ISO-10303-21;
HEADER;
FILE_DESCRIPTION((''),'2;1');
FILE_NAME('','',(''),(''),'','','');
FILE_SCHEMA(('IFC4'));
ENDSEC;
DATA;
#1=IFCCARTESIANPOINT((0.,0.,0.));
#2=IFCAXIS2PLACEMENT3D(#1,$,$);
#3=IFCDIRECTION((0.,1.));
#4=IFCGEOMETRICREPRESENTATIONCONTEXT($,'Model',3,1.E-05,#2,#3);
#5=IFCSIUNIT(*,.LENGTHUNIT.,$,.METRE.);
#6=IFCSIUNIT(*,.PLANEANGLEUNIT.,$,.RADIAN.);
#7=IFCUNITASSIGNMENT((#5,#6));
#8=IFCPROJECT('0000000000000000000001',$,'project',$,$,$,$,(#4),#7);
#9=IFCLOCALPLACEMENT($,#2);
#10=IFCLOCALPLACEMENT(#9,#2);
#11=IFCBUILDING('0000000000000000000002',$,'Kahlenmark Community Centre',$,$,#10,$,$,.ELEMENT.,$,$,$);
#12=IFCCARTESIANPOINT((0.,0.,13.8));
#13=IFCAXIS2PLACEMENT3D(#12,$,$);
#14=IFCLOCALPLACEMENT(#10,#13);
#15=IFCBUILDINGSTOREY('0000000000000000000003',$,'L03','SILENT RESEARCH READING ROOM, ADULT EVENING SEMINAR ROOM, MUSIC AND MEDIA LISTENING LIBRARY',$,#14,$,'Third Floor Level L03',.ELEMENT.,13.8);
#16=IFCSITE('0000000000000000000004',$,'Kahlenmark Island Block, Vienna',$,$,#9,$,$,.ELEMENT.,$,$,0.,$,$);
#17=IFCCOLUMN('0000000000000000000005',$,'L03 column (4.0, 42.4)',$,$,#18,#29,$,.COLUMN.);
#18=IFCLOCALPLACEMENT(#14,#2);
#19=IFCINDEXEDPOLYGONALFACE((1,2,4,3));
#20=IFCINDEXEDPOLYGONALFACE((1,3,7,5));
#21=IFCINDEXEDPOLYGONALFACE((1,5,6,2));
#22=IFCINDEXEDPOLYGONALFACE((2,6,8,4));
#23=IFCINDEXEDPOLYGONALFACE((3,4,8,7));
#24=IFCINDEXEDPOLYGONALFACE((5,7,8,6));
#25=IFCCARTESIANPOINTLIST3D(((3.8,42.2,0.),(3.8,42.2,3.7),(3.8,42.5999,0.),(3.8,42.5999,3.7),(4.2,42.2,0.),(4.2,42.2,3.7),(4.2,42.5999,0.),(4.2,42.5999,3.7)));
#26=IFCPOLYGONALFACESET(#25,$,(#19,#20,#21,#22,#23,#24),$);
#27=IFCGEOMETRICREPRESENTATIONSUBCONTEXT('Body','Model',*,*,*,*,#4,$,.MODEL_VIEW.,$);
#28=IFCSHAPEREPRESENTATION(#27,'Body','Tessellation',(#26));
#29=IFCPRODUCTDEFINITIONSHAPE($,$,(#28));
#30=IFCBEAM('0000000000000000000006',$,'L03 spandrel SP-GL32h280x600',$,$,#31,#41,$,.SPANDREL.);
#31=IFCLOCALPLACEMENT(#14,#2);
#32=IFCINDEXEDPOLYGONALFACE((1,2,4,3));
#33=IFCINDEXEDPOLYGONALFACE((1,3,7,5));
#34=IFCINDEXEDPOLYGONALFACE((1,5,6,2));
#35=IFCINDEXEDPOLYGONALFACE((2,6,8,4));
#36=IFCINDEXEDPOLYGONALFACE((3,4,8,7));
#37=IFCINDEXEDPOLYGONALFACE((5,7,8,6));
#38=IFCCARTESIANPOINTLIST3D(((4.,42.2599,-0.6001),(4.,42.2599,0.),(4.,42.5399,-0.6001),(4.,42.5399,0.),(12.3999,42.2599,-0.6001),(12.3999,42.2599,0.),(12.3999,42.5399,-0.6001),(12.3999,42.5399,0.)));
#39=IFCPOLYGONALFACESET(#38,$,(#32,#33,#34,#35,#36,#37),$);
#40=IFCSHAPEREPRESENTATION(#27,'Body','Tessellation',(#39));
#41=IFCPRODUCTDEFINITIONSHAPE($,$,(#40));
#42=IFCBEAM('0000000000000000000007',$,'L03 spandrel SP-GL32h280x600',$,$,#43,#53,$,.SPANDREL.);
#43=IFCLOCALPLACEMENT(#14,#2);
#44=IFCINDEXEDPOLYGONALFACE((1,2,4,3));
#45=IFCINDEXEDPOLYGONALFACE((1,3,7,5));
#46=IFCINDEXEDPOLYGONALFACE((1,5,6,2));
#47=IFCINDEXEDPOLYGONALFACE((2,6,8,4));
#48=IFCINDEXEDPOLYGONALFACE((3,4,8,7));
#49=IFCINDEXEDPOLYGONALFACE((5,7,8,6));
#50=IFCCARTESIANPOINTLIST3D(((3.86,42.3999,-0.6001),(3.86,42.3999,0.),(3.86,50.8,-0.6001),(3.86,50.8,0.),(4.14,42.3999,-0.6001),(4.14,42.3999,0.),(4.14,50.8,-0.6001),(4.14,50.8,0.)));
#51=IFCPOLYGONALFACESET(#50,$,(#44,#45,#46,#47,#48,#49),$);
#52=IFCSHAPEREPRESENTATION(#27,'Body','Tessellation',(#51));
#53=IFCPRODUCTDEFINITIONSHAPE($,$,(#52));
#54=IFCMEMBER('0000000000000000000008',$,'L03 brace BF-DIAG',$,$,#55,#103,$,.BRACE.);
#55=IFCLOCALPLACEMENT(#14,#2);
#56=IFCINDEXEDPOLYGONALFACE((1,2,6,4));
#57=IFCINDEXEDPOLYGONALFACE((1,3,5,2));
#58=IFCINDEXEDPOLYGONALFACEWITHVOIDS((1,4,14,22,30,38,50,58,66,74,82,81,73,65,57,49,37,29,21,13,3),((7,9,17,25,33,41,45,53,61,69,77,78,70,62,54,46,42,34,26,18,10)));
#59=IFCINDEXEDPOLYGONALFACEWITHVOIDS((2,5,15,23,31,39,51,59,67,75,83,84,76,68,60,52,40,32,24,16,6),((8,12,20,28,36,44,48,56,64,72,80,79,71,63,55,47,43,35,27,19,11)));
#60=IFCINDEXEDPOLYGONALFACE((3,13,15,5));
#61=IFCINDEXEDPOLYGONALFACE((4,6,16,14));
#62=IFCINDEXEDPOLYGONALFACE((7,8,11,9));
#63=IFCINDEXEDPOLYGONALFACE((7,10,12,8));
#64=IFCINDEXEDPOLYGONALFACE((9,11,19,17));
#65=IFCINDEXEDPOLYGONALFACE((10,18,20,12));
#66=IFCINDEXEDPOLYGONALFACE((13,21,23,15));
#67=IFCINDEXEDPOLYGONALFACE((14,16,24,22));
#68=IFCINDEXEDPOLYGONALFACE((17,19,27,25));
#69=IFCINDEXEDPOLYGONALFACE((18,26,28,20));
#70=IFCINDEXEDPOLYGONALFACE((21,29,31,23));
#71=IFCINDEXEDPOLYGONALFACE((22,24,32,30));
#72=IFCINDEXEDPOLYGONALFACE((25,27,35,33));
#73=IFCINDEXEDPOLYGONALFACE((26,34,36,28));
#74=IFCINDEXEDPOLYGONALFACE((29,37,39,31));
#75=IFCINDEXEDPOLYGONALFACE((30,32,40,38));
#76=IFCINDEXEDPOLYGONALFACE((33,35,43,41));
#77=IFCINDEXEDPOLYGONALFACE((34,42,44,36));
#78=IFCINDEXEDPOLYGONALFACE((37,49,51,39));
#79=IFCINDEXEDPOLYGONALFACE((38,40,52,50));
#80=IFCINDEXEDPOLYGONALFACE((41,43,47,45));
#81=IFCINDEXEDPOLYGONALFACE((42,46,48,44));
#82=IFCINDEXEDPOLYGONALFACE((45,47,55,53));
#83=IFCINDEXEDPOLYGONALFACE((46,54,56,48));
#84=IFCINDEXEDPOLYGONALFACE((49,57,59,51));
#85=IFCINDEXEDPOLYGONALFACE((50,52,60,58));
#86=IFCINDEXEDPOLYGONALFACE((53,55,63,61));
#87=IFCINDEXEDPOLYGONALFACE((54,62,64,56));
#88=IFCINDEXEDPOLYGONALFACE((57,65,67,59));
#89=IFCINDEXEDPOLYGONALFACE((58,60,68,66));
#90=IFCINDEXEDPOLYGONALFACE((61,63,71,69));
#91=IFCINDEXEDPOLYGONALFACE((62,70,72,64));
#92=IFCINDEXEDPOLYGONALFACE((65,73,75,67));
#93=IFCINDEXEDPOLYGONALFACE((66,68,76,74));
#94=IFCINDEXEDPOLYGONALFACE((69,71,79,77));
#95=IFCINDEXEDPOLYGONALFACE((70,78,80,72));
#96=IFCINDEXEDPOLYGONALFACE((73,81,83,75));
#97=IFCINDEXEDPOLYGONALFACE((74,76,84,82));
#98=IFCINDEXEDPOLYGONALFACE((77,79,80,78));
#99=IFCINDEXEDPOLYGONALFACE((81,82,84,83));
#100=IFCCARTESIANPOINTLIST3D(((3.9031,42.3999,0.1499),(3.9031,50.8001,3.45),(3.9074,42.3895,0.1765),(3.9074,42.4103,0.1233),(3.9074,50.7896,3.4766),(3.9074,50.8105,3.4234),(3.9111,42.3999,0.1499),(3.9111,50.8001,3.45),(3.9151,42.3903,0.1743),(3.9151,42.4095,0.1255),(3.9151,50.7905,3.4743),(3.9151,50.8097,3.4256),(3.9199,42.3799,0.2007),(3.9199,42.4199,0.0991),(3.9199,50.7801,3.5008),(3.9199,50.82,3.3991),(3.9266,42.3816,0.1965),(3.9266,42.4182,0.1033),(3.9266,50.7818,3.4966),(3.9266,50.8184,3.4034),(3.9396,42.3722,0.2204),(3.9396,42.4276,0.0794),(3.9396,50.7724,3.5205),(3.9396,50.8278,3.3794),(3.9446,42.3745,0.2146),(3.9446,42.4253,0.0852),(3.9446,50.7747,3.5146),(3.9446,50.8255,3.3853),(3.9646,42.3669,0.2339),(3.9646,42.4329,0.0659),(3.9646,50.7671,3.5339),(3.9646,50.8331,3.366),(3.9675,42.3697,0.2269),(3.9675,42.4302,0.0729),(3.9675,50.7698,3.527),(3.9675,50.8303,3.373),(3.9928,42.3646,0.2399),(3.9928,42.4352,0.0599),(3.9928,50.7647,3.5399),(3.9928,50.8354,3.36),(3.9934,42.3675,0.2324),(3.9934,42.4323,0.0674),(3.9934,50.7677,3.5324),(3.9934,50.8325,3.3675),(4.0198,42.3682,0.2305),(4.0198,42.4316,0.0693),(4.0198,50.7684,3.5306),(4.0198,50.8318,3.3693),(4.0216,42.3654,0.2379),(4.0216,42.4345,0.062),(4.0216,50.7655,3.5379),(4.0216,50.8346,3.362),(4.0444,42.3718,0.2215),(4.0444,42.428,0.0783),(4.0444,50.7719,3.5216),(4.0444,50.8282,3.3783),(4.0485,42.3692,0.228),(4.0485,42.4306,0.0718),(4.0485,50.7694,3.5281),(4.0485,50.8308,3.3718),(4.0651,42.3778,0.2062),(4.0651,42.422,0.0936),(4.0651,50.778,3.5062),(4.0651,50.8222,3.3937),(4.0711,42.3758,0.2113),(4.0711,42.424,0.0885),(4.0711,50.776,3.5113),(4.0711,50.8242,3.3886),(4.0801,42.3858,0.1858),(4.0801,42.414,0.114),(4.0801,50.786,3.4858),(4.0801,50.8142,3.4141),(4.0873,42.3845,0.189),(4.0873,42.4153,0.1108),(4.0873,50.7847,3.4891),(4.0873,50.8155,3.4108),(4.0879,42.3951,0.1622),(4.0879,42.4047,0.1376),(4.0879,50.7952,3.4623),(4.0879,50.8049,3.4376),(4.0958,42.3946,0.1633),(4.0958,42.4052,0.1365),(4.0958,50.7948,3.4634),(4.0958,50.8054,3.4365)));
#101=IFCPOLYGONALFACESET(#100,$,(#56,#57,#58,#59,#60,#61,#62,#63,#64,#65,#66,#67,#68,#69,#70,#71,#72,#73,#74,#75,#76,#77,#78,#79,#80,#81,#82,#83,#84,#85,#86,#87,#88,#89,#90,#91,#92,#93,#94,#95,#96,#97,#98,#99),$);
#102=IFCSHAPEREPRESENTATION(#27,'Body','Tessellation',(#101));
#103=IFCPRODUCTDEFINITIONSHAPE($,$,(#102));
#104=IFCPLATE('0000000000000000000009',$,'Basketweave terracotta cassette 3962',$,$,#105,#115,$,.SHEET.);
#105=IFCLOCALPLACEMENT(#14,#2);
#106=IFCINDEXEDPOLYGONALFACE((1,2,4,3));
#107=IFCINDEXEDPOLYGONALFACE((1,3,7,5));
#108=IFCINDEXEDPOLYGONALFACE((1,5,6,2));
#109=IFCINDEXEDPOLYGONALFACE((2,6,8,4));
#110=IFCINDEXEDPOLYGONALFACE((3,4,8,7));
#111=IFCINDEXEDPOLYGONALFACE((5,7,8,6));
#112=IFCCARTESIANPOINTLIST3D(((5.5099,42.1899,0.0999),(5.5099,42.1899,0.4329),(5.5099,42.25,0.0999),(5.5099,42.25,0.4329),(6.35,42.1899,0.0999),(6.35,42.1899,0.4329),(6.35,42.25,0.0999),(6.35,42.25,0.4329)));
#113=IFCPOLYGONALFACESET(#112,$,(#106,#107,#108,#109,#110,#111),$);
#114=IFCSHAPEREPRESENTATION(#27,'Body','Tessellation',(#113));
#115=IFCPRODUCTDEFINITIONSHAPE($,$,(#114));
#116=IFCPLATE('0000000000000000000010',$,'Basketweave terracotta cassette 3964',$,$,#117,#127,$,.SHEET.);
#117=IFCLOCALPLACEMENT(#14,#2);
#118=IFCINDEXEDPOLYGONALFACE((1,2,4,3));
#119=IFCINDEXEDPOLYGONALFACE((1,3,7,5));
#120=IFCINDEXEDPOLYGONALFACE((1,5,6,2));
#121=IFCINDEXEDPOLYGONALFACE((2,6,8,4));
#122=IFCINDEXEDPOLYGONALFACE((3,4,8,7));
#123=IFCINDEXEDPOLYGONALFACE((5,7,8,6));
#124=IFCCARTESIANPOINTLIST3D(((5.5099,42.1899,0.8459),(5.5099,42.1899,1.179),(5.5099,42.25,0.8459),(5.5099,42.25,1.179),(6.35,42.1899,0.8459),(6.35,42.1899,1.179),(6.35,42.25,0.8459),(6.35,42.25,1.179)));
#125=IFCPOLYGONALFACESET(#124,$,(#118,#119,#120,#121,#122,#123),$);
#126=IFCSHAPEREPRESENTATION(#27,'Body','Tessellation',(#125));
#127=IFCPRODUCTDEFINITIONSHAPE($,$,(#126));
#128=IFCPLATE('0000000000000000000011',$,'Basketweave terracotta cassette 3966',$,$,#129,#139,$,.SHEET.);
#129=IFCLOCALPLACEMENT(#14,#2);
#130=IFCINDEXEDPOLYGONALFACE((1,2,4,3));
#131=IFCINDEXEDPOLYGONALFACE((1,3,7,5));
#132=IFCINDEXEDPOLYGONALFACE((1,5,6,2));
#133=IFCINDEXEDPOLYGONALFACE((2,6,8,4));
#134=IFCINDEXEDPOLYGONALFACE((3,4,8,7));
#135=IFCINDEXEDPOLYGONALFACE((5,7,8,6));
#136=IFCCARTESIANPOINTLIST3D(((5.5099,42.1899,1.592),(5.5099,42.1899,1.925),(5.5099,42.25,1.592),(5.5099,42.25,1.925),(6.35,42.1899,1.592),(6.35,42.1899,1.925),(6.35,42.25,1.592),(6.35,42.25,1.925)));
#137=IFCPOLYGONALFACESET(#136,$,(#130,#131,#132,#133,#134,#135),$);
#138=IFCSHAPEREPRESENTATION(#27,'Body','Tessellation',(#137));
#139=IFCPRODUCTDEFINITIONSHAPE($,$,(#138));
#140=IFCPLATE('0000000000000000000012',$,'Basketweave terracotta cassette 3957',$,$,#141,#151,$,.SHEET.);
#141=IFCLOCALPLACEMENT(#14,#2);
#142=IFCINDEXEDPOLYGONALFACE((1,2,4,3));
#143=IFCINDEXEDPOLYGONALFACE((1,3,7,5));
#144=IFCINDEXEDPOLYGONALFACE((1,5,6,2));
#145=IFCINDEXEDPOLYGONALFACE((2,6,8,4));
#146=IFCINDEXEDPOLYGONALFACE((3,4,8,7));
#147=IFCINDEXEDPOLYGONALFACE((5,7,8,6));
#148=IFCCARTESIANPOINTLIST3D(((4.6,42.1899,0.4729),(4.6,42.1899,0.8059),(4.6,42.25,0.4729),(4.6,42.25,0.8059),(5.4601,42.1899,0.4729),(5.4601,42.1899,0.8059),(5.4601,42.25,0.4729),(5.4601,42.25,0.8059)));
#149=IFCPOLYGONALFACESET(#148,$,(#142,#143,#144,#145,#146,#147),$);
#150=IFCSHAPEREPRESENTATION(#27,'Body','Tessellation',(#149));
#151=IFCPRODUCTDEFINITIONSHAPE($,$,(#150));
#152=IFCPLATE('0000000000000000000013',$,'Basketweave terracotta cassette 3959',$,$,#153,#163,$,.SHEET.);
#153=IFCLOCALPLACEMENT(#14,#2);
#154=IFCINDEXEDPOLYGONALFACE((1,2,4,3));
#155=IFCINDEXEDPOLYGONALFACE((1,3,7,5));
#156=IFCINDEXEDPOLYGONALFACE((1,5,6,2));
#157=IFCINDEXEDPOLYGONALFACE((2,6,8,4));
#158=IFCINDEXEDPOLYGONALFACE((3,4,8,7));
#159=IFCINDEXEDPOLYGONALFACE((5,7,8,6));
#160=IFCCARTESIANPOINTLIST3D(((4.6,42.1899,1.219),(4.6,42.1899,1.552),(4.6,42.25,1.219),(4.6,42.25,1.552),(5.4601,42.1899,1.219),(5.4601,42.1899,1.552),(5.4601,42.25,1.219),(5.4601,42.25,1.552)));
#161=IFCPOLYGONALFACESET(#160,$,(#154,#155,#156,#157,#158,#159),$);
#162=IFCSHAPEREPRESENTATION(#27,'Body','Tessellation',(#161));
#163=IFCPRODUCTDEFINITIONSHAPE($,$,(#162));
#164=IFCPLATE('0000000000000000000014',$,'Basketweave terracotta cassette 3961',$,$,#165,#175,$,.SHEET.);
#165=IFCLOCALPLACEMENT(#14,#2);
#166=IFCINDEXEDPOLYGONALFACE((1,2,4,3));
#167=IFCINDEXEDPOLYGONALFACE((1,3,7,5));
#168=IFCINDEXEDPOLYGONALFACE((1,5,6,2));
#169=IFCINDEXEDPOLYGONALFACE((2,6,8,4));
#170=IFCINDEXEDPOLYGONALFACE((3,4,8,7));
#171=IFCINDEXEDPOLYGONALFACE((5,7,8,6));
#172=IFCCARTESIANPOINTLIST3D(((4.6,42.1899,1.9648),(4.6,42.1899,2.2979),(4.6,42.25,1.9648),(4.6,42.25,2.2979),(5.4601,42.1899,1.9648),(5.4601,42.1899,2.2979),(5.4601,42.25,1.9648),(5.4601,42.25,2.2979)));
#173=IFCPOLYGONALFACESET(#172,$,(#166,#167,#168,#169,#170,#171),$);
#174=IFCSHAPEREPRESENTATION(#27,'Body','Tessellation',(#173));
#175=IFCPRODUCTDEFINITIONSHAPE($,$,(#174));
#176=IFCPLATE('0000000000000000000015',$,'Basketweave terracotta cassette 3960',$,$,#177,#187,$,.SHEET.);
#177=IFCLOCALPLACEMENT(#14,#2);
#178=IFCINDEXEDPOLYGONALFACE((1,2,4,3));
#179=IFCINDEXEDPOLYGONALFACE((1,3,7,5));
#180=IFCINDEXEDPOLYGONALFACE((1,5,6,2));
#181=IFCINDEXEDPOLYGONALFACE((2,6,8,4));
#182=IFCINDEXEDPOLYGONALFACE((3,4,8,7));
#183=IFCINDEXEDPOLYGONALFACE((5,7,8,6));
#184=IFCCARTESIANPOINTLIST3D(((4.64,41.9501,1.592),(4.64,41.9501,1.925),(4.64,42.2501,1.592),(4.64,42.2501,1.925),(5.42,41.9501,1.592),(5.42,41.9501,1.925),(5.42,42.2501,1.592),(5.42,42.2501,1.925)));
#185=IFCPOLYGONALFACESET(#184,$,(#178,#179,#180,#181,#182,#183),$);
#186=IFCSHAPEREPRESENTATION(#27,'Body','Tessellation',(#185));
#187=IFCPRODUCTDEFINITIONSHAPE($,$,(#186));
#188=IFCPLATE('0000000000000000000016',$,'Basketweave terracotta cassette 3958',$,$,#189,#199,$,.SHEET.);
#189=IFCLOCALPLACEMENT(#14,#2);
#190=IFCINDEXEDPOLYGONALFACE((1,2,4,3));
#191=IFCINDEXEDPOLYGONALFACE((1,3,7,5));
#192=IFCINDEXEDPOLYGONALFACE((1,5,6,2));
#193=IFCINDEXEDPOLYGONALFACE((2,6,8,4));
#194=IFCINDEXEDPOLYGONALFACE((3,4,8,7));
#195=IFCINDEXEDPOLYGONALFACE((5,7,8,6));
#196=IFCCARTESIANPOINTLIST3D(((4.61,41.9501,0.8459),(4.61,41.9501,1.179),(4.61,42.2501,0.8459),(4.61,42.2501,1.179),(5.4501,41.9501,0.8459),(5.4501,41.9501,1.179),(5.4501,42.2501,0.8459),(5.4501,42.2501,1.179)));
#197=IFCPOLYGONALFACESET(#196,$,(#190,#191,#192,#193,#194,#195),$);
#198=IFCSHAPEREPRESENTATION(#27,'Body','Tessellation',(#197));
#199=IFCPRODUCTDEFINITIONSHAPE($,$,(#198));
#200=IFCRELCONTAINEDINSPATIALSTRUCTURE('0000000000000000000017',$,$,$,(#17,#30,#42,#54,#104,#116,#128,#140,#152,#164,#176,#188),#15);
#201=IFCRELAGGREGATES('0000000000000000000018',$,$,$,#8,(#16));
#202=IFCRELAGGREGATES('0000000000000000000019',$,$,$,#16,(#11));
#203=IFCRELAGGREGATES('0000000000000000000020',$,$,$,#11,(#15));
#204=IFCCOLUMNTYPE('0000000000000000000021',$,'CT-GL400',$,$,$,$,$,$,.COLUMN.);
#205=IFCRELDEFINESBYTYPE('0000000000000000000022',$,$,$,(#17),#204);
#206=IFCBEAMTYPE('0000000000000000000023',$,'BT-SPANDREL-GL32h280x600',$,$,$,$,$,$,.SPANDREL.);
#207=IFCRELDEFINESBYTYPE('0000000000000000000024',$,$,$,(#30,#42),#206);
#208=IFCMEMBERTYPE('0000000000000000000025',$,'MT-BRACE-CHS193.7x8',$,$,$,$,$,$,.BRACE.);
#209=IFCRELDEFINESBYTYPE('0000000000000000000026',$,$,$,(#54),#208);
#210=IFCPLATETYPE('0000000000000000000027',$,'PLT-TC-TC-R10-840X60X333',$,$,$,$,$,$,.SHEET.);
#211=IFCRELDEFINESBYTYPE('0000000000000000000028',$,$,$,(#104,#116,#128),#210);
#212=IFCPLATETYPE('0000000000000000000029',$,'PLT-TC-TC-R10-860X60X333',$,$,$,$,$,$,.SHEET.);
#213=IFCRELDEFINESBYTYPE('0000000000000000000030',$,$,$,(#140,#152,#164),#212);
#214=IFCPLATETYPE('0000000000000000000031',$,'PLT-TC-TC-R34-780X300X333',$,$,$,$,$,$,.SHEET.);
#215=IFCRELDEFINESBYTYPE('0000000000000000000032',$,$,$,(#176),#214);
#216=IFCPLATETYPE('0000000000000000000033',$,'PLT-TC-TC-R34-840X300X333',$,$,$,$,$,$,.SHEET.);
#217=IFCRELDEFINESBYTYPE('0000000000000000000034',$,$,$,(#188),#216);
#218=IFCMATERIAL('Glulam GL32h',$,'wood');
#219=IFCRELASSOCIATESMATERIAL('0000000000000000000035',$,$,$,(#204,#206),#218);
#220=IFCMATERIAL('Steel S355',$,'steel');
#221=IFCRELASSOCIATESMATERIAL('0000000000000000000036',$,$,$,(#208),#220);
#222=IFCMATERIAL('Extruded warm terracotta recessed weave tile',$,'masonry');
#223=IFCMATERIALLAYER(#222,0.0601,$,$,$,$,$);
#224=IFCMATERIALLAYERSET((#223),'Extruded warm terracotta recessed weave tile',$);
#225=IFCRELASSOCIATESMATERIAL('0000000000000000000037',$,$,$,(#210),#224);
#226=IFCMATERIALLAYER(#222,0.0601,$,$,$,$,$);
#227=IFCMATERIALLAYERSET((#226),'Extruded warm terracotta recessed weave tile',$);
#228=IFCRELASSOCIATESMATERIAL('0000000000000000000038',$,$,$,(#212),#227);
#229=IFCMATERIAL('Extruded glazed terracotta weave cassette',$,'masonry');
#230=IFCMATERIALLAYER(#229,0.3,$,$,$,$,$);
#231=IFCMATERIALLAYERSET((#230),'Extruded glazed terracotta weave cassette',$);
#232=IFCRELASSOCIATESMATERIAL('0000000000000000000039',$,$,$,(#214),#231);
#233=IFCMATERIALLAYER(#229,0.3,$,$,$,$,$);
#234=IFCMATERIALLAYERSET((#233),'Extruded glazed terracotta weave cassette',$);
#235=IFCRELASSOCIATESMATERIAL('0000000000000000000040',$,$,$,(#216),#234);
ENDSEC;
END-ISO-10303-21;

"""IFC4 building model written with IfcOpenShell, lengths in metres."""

from ifc_helpers import new_model, si_unit, direction, frame, origin, origin_2d, place, context, subcontext, project, spatial, rectangle, hollow_circle, extrude, material, layer, layer_set, material_profile, profile_set, type_object, element, save


model = new_model("IFC4")

# Units and contexts
model_context = context("Model", 3, precision=1e-05, world=origin(), true_north=direction((0.0, 1.0)))
body_context = subcontext(model_context, "Body", "Model", "MODEL_VIEW")
ifc_project = project(units=[si_unit("LENGTHUNIT", "METRE"), si_unit("PLANEANGLEUNIT", "RADIAN")], contexts=[model_context])

# Site, building, storey
site_placement = place(None, origin())
site = spatial("IfcSite", under=ifc_project, at=site_placement, Name="Kahlenmark Island Block, Vienna", CompositionType="ELEMENT", RefElevation=0.0)
building_placement = place(site_placement, origin())
building = spatial("IfcBuilding", under=site, at=building_placement, Name="Kahlenmark Community Centre", CompositionType="ELEMENT")
storey_placement = place(building_placement, frame((0.0, 0.0, 13.8)))
storey = spatial("IfcBuildingStorey", under=building, at=storey_placement, Name="L03", Description="SILENT RESEARCH READING ROOM, ADULT EVENING SEMINAR ROOM, MUSIC AND MEDIA LISTENING LIBRARY", LongName="Third Floor Level L03", CompositionType="ELEMENT", Elevation=13.8)

# Column
ifc_material_1 = material(Name="Glulam GL32h", Category="wood")
ifc_material_profile_1 = material_profile(ifc_material_1, rectangle(XDim=0.3999, YDim=0.3999, at=origin_2d()), Name="GL32h 400x400")
ifc_profile_set_1 = profile_set([ifc_material_profile_1], Name="Glulam GL32h")
column_type = type_object("IfcColumnType", Name="CT-GL400", PredefinedType="COLUMN", material=ifc_profile_set_1)
column_placement = place(storey_placement, frame((4.0, 42.3999, 0.0), z_axis=(0.0, 0.0, 1.0), x_axis=(1.0, 0.0, 0.0)))
element("IfcColumn", 1, at=column_placement, inside=storey, type_object=column_type, Name="L03 column (4.0, 42.4)", PredefinedType="COLUMN", context=body_context, shape_type="SweptSolid", body=[
    extrude(rectangle(XDim=0.3999, YDim=0.3999, at=origin_2d()), origin(), (0.0, 0.0, 1.0), 3.7),
])

# Beams
ifc_material_profile_2 = material_profile(ifc_material_1, rectangle(XDim=0.28, YDim=0.6001, at=origin_2d()), Name="GL32h 280x600")
ifc_profile_set_2 = profile_set([ifc_material_profile_2], Name="Glulam GL32h")
beam_type = type_object("IfcBeamType", Name="BT-SPANDREL-GL32h280x600", PredefinedType="SPANDREL", material=ifc_profile_set_2)
beam_1_placement = place(storey_placement, frame((4.0, 42.3999, -0.3), z_axis=(1.0, 0.0, 0.0), x_axis=(0.0, 1.0, 0.0)))
element("IfcBeam", 2, at=beam_1_placement, inside=storey, type_object=beam_type, Name="L03 spandrel SP-GL32h280x600", PredefinedType="SPANDREL", context=body_context, shape_type="SweptSolid", body=[
    extrude(rectangle(XDim=0.28, YDim=0.6001, at=origin_2d()), origin(), (0.0, 0.0, 1.0), 8.3999),
])
beam_2_placement = place(storey_placement, frame((4.0, 42.3999, -0.3), z_axis=(0.0, 1.0, 0.0), x_axis=(-1.0, 0.0, 0.0)))
element("IfcBeam", 3, at=beam_2_placement, inside=storey, type_object=beam_type, Name="L03 spandrel SP-GL32h280x600", PredefinedType="SPANDREL", context=body_context, shape_type="SweptSolid", body=[
    extrude(rectangle(XDim=0.28, YDim=0.6001, at=origin_2d()), origin(), (0.0, 0.0, 1.0), 8.4001),
])

# Member
ifc_material_2 = material(Name="Steel S355", Category="steel")
ifc_material_profile_3 = material_profile(ifc_material_2, hollow_circle(Radius=0.0969, WallThickness=0.0081, at=origin_2d()), Name="CHS 193.7x8")
ifc_profile_set_3 = profile_set([ifc_material_profile_3], Name="Steel S355")
member_type = type_object("IfcMemberType", Name="MT-BRACE-CHS193.7x8", PredefinedType="BRACE", material=ifc_profile_set_3)
member_placement = place(storey_placement, frame((4.0, 42.3999, 0.1499), z_axis=(0.0, 0.930752, 0.365652), x_axis=(-1.0, 0.0, 0.0)))
element("IfcMember", 4, at=member_placement, inside=storey, type_object=member_type, Name="L03 brace BF-DIAG", PredefinedType="BRACE", context=body_context, shape_type="SweptSolid", body=[
    extrude(hollow_circle(Radius=0.0969, WallThickness=0.0081, at=origin_2d()), origin(), (0.0, 0.0, 1.0), 9.0251),
])

# Plates
ifc_material_3 = material(Name="Extruded warm terracotta recessed weave tile", Category="masonry")
ifc_layer_1 = layer(ifc_material_3, 0.0601)
ifc_layer_set_1 = layer_set([ifc_layer_1], Name="Extruded warm terracotta recessed weave tile")
plate_type_1 = type_object("IfcPlateType", Name="PLT-TC-TC-R10-840X60X333", PredefinedType="SHEET", material=ifc_layer_set_1)
for number, where, z_axis, x_axis, name in (
    (5, (5.9299, 42.22, 0.0999), (0.0, 0.0, 1.0), (1.0, 0.0, 0.0), "Basketweave terracotta cassette 3962"),
    (6, (5.9299, 42.22, 0.8459), (0.0, 0.0, 1.0), (1.0, 0.0, 0.0), "Basketweave terracotta cassette 3964"),
    (7, (5.9299, 42.22, 1.592), (0.0, 0.0, 1.0), (1.0, 0.0, 0.0), "Basketweave terracotta cassette 3966"),
):
    element("IfcPlate", number, at=place(storey_placement, frame(where, z_axis=z_axis, x_axis=x_axis)), inside=storey, type_object=plate_type_1, Name=name, PredefinedType="SHEET", context=body_context, shape_type="SweptSolid", body=[
        extrude(rectangle(XDim=0.8401, YDim=0.0601, at=origin_2d()), origin(), (0.0, 0.0, 1.0), 0.333),
    ])
ifc_layer_2 = layer(ifc_material_3, 0.0601)
ifc_layer_set_2 = layer_set([ifc_layer_2], Name="Extruded warm terracotta recessed weave tile")
plate_type_2 = type_object("IfcPlateType", Name="PLT-TC-TC-R10-860X60X333", PredefinedType="SHEET", material=ifc_layer_set_2)
for number, where, z_axis, x_axis, name in (
    (8, (5.03, 42.22, 0.4729), (0.0, 0.0, 1.0), (1.0, 0.0, 0.0), "Basketweave terracotta cassette 3957"),
    (9, (5.03, 42.22, 1.219), (0.0, 0.0, 1.0), (1.0, 0.0, 0.0), "Basketweave terracotta cassette 3959"),
    (10, (5.03, 42.22, 1.9648), (0.0, 0.0, 1.0), (1.0, 0.0, 0.0), "Basketweave terracotta cassette 3961"),
):
    element("IfcPlate", number, at=place(storey_placement, frame(where, z_axis=z_axis, x_axis=x_axis)), inside=storey, type_object=plate_type_2, Name=name, PredefinedType="SHEET", context=body_context, shape_type="SweptSolid", body=[
        extrude(rectangle(XDim=0.8601, YDim=0.0601, at=origin_2d()), origin(), (0.0, 0.0, 1.0), 0.333),
    ])
ifc_material_4 = material(Name="Extruded glazed terracotta weave cassette", Category="masonry")
ifc_layer_3 = layer(ifc_material_4, 0.3)
ifc_layer_set_3 = layer_set([ifc_layer_3], Name="Extruded glazed terracotta weave cassette")
plate_type_3 = type_object("IfcPlateType", Name="PLT-TC-TC-R34-780X300X333", PredefinedType="SHEET", material=ifc_layer_set_3)
plate_1_placement = place(storey_placement, frame((5.03, 42.1001, 1.592), z_axis=(0.0, 0.0, 1.0), x_axis=(1.0, 0.0, 0.0)))
element("IfcPlate", 11, at=plate_1_placement, inside=storey, type_object=plate_type_3, Name="Basketweave terracotta cassette 3960", PredefinedType="SHEET", context=body_context, shape_type="SweptSolid", body=[
    extrude(rectangle(XDim=0.78, YDim=0.3, at=origin_2d()), origin(), (0.0, 0.0, 1.0), 0.333),
])
ifc_layer_4 = layer(ifc_material_4, 0.3)
ifc_layer_set_4 = layer_set([ifc_layer_4], Name="Extruded glazed terracotta weave cassette")
plate_type_4 = type_object("IfcPlateType", Name="PLT-TC-TC-R34-840X300X333", PredefinedType="SHEET", material=ifc_layer_set_4)
plate_2_placement = place(storey_placement, frame((5.03, 42.1001, 0.8459), z_axis=(0.0, 0.0, 1.0), x_axis=(1.0, 0.0, 0.0)))
element("IfcPlate", 12, at=plate_2_placement, inside=storey, type_object=plate_type_4, Name="Basketweave terracotta cassette 3958", PredefinedType="SHEET", context=body_context, shape_type="SweptSolid", body=[
    extrude(rectangle(XDim=0.8401, YDim=0.3, at=origin_2d()), origin(), (0.0, 0.0, 1.0), 0.333),
])

save(model, "model.ifc")
